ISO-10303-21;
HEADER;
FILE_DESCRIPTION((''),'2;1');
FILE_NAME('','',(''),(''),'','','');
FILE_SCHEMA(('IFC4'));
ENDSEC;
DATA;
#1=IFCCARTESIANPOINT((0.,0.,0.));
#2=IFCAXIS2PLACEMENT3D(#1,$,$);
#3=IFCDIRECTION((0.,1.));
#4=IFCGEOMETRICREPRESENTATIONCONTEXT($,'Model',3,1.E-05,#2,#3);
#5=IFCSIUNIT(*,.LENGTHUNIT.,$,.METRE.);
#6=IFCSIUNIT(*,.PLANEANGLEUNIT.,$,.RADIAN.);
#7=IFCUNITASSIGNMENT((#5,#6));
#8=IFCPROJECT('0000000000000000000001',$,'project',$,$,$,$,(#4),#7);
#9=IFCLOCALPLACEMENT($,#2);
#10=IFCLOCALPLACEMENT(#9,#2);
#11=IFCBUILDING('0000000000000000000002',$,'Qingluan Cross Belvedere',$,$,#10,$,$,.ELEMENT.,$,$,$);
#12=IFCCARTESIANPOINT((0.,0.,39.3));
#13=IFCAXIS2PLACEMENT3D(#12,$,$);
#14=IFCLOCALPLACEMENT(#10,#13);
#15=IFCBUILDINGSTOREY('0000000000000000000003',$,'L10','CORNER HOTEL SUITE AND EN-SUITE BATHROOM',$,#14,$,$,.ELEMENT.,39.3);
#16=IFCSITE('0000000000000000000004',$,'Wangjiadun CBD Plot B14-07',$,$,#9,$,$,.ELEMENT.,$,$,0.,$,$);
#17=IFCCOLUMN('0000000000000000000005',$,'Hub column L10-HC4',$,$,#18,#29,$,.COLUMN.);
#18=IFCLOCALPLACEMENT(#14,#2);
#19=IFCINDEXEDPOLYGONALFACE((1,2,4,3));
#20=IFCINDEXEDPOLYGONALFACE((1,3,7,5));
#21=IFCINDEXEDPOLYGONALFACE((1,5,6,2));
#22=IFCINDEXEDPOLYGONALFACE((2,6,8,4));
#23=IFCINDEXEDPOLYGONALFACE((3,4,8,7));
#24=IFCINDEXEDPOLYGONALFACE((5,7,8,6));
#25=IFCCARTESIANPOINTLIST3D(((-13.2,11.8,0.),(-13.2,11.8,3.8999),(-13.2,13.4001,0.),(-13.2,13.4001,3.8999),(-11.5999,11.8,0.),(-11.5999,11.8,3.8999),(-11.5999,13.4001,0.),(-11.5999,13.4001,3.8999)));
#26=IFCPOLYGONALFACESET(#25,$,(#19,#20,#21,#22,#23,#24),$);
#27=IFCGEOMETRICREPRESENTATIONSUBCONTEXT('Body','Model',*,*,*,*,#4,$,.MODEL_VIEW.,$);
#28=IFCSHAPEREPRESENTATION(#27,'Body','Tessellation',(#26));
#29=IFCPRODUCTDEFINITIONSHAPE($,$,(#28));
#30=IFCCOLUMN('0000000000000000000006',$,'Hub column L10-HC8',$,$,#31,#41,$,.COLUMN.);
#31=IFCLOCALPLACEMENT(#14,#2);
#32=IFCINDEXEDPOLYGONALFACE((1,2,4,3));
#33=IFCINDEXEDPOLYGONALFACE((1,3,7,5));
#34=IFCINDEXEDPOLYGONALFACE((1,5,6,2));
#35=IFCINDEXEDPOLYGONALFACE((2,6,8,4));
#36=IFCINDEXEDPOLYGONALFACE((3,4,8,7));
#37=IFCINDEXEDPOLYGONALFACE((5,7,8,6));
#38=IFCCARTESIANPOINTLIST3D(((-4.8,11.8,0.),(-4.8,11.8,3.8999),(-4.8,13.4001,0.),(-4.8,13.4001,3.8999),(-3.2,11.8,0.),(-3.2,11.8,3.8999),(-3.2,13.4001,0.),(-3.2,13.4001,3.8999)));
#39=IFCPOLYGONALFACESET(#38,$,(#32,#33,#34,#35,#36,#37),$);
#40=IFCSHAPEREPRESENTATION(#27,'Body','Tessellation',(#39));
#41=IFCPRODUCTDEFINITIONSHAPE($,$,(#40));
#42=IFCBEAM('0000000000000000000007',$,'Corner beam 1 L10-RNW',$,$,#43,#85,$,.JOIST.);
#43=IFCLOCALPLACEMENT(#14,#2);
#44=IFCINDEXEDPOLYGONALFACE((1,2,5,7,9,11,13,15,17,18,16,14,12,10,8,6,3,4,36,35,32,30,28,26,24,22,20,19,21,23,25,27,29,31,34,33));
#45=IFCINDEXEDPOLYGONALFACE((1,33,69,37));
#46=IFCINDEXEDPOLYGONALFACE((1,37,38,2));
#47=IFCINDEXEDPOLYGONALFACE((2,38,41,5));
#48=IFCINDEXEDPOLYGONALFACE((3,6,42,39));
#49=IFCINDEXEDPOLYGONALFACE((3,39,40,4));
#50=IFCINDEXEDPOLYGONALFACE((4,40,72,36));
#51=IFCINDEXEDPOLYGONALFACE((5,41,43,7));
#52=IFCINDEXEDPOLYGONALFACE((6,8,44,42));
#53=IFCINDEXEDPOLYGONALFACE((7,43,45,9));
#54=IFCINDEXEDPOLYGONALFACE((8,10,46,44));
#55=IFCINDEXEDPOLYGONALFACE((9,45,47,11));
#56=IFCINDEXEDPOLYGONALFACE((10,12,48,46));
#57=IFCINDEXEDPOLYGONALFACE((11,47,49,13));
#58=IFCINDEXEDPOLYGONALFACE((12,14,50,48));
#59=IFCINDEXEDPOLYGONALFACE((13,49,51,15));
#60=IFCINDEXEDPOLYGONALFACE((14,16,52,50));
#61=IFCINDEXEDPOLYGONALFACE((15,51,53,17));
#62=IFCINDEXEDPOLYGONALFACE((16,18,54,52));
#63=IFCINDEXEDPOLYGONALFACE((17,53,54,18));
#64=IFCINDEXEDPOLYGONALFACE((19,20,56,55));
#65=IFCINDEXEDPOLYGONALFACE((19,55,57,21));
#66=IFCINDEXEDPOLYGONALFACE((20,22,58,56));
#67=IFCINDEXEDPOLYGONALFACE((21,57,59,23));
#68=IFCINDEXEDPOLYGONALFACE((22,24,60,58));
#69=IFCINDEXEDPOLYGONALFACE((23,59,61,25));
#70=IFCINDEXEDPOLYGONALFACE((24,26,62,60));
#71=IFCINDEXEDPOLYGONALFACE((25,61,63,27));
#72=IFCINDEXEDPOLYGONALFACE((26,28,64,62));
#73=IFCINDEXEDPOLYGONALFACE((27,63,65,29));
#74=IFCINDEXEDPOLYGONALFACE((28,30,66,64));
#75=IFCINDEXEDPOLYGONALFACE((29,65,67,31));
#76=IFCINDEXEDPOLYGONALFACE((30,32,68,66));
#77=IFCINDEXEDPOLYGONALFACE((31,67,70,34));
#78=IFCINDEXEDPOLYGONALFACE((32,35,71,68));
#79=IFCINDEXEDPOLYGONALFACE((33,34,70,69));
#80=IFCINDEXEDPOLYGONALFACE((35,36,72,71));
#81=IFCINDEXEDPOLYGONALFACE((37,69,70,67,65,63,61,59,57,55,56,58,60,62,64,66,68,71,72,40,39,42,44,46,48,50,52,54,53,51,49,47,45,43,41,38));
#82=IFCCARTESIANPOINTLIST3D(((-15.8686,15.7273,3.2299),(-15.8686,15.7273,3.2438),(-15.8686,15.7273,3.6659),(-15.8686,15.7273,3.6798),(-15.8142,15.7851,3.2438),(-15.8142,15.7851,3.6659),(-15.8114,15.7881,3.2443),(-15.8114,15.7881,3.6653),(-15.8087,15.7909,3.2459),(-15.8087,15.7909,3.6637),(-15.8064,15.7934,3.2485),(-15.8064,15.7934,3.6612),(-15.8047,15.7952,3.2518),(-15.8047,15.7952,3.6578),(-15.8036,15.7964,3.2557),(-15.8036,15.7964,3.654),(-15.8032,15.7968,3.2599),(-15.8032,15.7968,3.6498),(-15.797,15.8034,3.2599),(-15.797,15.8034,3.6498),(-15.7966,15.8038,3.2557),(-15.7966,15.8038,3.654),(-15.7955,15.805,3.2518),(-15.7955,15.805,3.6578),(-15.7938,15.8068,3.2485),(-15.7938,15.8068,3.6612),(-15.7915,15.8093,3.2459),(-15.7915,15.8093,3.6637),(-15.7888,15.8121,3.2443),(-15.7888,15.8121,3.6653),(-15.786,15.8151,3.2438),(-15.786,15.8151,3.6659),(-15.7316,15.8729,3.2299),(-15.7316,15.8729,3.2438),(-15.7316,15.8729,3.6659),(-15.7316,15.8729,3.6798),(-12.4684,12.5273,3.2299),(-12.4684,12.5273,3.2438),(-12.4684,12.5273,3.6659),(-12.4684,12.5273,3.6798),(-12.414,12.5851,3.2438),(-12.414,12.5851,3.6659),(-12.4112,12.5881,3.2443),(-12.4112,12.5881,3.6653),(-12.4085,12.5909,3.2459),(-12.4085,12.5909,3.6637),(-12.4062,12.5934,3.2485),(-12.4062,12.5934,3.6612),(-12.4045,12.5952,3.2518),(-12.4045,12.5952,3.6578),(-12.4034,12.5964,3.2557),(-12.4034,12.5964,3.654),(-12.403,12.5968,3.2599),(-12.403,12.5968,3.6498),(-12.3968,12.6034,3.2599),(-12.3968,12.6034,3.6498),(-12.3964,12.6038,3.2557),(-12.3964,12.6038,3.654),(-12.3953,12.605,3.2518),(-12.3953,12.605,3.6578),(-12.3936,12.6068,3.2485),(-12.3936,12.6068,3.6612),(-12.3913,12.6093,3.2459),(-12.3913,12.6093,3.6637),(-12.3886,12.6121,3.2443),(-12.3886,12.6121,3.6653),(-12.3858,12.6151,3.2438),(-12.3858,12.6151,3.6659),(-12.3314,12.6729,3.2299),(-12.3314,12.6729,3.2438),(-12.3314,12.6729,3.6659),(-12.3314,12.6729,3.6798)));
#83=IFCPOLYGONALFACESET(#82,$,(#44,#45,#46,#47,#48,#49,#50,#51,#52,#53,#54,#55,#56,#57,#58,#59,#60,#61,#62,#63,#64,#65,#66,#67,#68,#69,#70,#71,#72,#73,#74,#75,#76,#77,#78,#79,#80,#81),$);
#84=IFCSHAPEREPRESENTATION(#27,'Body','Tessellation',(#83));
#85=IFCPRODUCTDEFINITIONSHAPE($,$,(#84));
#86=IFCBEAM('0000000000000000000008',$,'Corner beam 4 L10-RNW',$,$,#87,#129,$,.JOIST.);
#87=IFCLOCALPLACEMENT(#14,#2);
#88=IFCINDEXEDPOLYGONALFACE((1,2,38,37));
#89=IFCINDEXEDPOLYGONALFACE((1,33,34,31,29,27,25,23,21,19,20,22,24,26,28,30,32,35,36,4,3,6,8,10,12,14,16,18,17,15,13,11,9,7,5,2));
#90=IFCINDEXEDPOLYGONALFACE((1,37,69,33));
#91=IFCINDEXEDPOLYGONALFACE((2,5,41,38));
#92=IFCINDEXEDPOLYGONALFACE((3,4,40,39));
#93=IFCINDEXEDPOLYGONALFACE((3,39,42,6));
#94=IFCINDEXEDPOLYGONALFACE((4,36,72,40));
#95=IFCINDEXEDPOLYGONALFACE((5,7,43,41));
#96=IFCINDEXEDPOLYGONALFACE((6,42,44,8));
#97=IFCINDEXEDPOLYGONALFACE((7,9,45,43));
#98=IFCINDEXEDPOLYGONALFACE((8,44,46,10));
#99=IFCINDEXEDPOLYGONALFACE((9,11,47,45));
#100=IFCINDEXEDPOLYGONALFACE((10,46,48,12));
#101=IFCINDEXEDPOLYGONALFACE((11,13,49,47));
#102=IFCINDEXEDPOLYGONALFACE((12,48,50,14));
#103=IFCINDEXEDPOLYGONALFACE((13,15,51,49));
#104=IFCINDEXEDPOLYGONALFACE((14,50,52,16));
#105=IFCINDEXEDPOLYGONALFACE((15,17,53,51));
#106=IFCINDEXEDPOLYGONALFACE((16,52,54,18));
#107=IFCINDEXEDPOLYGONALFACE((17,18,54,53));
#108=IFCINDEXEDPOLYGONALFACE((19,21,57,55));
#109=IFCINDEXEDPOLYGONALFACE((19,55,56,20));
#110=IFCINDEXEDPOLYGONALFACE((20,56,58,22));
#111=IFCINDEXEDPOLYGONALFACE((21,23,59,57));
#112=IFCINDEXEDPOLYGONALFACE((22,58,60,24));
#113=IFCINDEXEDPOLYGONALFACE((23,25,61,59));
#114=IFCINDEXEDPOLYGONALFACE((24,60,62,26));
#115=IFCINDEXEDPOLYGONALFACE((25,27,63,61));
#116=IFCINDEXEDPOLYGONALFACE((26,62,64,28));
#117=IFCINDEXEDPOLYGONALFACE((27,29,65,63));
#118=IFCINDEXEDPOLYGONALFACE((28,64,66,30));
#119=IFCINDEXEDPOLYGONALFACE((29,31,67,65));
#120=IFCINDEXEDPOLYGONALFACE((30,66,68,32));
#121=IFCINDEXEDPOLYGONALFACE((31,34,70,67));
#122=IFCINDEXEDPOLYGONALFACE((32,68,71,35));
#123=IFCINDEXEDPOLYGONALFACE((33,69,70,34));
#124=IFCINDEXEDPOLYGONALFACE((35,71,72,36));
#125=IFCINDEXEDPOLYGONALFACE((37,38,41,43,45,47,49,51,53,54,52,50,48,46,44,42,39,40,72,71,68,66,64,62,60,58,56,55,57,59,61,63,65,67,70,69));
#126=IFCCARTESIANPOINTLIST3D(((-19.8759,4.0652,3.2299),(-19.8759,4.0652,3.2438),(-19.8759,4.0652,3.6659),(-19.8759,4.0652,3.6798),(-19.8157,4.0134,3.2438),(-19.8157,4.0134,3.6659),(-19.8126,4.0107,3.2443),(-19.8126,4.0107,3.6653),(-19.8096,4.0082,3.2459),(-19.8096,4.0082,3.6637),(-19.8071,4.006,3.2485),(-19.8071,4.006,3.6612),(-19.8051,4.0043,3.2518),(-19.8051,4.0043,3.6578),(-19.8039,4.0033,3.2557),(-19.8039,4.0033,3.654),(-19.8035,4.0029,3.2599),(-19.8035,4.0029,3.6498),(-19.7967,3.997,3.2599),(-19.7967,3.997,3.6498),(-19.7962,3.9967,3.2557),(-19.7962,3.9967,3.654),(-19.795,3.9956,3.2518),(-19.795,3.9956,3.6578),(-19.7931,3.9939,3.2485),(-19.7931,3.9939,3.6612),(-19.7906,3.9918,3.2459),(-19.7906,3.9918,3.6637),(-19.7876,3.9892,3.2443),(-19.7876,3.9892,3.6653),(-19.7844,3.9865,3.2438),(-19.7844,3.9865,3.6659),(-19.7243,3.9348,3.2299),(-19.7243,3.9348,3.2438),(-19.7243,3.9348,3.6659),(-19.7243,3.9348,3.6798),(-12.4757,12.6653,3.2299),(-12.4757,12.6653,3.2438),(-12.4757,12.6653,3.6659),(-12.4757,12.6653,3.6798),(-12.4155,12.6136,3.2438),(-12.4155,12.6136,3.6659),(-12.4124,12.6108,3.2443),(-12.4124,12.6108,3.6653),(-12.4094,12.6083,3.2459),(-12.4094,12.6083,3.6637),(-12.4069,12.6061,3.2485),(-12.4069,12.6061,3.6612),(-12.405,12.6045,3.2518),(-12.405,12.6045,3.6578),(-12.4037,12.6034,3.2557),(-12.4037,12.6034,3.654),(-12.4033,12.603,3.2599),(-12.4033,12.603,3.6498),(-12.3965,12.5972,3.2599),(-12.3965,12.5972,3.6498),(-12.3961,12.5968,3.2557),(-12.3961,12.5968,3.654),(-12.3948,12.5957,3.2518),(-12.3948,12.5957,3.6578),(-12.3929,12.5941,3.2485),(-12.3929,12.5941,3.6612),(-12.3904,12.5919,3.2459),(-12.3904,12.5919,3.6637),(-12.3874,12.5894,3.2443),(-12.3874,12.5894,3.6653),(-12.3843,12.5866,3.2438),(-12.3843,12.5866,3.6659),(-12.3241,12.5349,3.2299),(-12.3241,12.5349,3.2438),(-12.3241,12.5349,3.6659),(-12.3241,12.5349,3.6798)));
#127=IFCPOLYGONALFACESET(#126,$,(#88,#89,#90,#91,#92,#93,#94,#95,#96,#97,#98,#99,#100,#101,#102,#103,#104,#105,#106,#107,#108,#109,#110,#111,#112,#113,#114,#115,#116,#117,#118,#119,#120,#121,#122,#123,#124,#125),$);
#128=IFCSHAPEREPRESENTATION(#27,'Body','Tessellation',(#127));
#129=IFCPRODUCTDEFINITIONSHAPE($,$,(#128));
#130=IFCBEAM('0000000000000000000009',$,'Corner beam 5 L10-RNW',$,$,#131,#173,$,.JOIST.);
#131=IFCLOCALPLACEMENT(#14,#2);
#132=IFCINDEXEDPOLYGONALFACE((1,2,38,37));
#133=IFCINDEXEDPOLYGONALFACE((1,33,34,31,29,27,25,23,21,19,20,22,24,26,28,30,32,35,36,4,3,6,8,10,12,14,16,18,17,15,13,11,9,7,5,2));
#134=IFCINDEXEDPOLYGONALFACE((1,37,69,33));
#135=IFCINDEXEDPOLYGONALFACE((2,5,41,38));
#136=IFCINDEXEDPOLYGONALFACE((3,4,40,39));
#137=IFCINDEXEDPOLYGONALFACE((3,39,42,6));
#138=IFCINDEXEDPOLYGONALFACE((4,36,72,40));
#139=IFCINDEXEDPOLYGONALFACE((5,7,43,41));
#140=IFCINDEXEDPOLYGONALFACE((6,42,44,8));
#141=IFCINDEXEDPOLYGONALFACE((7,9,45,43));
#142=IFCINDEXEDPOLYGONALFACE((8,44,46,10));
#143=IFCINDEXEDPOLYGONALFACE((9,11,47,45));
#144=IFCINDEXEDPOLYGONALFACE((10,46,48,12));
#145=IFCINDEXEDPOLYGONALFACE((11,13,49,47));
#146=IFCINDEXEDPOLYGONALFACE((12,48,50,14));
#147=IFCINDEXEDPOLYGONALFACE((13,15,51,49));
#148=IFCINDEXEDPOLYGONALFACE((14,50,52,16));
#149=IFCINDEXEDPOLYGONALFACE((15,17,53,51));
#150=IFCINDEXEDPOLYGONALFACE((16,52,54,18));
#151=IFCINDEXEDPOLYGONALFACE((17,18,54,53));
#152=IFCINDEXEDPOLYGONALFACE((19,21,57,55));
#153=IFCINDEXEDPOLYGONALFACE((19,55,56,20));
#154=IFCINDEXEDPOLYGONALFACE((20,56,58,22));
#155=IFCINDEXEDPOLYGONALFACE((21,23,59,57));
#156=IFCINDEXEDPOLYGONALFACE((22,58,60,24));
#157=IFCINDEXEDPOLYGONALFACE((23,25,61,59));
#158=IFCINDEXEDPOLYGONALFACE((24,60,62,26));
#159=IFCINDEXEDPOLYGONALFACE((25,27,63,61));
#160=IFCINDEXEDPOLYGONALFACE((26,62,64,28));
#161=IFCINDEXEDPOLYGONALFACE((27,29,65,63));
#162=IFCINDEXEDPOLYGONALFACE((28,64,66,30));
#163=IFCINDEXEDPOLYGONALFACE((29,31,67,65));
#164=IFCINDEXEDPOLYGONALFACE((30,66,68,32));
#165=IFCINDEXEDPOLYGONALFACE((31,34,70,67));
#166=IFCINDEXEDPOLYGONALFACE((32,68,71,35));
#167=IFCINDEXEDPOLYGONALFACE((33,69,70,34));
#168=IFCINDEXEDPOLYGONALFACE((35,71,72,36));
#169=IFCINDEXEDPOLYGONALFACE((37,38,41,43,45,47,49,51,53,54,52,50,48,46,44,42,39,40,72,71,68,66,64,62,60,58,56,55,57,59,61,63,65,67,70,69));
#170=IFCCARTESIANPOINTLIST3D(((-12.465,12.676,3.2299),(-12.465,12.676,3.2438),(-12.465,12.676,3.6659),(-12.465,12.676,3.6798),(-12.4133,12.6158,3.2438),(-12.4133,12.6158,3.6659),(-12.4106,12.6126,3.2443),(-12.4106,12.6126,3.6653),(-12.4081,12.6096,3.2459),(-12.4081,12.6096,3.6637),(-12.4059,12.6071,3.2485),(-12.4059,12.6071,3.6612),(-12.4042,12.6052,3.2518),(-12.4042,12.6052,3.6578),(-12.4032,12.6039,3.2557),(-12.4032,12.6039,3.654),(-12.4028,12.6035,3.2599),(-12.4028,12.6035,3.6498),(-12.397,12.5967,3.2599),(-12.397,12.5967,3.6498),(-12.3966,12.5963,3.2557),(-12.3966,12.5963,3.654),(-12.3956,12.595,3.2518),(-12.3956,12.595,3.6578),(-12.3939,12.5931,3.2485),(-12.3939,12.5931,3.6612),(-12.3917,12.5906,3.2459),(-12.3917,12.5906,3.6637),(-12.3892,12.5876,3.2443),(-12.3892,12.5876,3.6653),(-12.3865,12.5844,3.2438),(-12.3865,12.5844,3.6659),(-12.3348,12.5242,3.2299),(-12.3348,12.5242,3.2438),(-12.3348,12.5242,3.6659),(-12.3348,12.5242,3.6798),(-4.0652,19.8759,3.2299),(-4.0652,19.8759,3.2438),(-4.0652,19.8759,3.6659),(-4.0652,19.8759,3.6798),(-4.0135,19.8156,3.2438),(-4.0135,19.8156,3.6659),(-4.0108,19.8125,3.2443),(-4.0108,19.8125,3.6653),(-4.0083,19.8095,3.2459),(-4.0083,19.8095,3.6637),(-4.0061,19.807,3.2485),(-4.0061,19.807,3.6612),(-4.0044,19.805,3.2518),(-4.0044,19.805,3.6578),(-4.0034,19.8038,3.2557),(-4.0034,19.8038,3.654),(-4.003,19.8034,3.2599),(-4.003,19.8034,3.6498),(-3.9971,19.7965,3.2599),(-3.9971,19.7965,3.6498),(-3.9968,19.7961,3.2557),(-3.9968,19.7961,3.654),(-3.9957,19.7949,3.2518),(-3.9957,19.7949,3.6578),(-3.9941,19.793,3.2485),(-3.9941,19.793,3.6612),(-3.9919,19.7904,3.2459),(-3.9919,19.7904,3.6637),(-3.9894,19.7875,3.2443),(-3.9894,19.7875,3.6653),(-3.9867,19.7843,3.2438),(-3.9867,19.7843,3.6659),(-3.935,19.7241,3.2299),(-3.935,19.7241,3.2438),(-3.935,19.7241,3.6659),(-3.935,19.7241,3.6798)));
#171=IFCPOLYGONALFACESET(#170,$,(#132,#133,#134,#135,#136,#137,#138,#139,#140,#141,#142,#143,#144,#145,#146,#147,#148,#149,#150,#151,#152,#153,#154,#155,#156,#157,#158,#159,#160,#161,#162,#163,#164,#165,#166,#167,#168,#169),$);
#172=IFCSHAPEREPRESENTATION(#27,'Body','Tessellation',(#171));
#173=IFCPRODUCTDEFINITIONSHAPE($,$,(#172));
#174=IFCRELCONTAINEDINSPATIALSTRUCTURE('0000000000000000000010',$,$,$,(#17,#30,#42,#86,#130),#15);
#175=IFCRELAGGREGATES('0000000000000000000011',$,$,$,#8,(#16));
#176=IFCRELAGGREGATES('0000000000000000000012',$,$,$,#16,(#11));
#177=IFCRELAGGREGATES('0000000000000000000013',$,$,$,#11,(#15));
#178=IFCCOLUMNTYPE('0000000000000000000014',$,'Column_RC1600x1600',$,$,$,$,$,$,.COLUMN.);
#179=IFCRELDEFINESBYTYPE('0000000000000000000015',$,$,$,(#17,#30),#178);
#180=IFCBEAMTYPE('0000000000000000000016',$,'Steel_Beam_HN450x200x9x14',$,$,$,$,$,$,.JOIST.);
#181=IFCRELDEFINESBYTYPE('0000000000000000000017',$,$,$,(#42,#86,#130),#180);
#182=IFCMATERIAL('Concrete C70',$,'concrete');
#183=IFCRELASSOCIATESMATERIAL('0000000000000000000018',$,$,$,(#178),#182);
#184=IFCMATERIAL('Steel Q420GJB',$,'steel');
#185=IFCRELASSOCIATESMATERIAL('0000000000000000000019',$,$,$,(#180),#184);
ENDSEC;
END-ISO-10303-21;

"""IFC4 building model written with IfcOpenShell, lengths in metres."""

from ifc_helpers import new_model, si_unit, direction, frame, origin, origin_2d, place, context, subcontext, project, spatial, rectangle, i_section, extrude, material, material_profile, profile_set, type_object, element, save


model = new_model("IFC4")

# Units and contexts
model_context = context("Model", 3, precision=1e-05, world=origin(), true_north=direction((0.0, 1.0)))
body_context = subcontext(model_context, "Body", "Model", "MODEL_VIEW")
ifc_project = project(units=[si_unit("LENGTHUNIT", "METRE"), si_unit("PLANEANGLEUNIT", "RADIAN")], contexts=[model_context])

# Site, building, storey
site_placement = place(None, origin())
site = spatial("IfcSite", under=ifc_project, at=site_placement, Name="Wangjiadun CBD Plot B14-07", CompositionType="ELEMENT", RefElevation=0.0)
building_placement = place(site_placement, origin())
building = spatial("IfcBuilding", under=site, at=building_placement, Name="Qingluan Cross Belvedere", CompositionType="ELEMENT")
storey_placement = place(building_placement, frame((0.0, 0.0, 39.3)))
storey = spatial("IfcBuildingStorey", under=building, at=storey_placement, Name="L10", Description="CORNER HOTEL SUITE AND EN-SUITE BATHROOM", CompositionType="ELEMENT", Elevation=39.3)

# Columns
ifc_material_1 = material(Name="Concrete C70", Category="concrete")
ifc_material_profile_1 = material_profile(ifc_material_1, rectangle(XDim=1.6001, YDim=1.6001, at=origin_2d()), Name="RC1600x1600")
ifc_profile_set_1 = profile_set([ifc_material_profile_1], Name="Concrete C70")
column_type = type_object("IfcColumnType", Name="Column_RC1600x1600", PredefinedType="COLUMN", material=ifc_profile_set_1)
for number, where, z_axis, x_axis, name in (
    (1, (-12.3999, 12.6001, 0.0), (0.0, 0.0, 1.0), (1.0, 0.0, 0.0), "Hub column L10-HC4"),
    (2, (-4.0, 12.6001, 0.0), (0.0, 0.0, 1.0), (1.0, 0.0, 0.0), "Hub column L10-HC8"),
):
    element("IfcColumn", number, at=place(storey_placement, frame(where, z_axis=z_axis, x_axis=x_axis)), inside=storey, type_object=column_type, Name=name, PredefinedType="COLUMN", context=body_context, shape_type="SweptSolid", body=[
        extrude(rectangle(XDim=1.6001, YDim=1.6001, at=origin_2d()), origin(), (0.0, 0.0, 1.0), 3.8999),
    ])

# Beams
ifc_material_2 = material(Name="Steel Q420GJB", Category="steel")
ifc_material_profile_2 = material_profile(ifc_material_2, i_section(OverallWidth=0.2, OverallDepth=0.45, WebThickness=0.009, FlangeThickness=0.0139, FilletRadius=0.0161, at=origin_2d()), Name="HN450x200x9x14")
ifc_profile_set_2 = profile_set([ifc_material_profile_2], Name="Steel Q420GJB")
beam_type_1 = type_object("IfcBeamType", Name="Steel_Beam_HN450x200x9x14", PredefinedType="JOIST", material=ifc_profile_set_2)
beam_1_placement = place(storey_placement, frame((-12.3999, 12.6001, 3.4548), z_axis=(-0.72822, 0.685343, 0.0), x_axis=(-0.685343, -0.72822, 0.0)))
element("IfcBeam", 3, at=beam_1_placement, inside=storey, type_object=beam_type_1, Name="Corner beam 1 L10-RNW", PredefinedType="JOIST", context=body_context, shape_type="SweptSolid", body=[
    extrude(i_section(OverallWidth=0.2, OverallDepth=0.45, WebThickness=0.009, FlangeThickness=0.0139, FilletRadius=0.0161, at=origin_2d()), origin(), (0.0, 0.0, 1.0), 4.6692),
])
beam_2_placement = place(storey_placement, frame((-12.3999, 12.6001, 3.4548), z_axis=(-0.652245, -0.758008, 0.0), x_axis=(0.758008, -0.652245, 0.0)))
element("IfcBeam", 4, at=beam_2_placement, inside=storey, type_object=beam_type_1, Name="Corner beam 4 L10-RNW", PredefinedType="JOIST", context=body_context, shape_type="SweptSolid", body=[
    extrude(i_section(OverallWidth=0.2, OverallDepth=0.45, WebThickness=0.009, FlangeThickness=0.0139, FilletRadius=0.0161, at=origin_2d()), origin(), (0.0, 0.0, 1.0), 11.3457),
])
beam_3_placement = place(storey_placement, frame((-12.3999, 12.6001, 3.4548), z_axis=(0.759255, 0.650793, 0.0), x_axis=(-0.650793, 0.759255, 0.0)))
element("IfcBeam", 5, at=beam_3_placement, inside=storey, type_object=beam_type_1, Name="Corner beam 5 L10-RNW", PredefinedType="JOIST", context=body_context, shape_type="SweptSolid", body=[
    extrude(i_section(OverallWidth=0.2, OverallDepth=0.45, WebThickness=0.009, FlangeThickness=0.0139, FilletRadius=0.0161, at=origin_2d()), origin(), (0.0, 0.0, 1.0), 11.0632),
])

save(model, "model.ifc")
